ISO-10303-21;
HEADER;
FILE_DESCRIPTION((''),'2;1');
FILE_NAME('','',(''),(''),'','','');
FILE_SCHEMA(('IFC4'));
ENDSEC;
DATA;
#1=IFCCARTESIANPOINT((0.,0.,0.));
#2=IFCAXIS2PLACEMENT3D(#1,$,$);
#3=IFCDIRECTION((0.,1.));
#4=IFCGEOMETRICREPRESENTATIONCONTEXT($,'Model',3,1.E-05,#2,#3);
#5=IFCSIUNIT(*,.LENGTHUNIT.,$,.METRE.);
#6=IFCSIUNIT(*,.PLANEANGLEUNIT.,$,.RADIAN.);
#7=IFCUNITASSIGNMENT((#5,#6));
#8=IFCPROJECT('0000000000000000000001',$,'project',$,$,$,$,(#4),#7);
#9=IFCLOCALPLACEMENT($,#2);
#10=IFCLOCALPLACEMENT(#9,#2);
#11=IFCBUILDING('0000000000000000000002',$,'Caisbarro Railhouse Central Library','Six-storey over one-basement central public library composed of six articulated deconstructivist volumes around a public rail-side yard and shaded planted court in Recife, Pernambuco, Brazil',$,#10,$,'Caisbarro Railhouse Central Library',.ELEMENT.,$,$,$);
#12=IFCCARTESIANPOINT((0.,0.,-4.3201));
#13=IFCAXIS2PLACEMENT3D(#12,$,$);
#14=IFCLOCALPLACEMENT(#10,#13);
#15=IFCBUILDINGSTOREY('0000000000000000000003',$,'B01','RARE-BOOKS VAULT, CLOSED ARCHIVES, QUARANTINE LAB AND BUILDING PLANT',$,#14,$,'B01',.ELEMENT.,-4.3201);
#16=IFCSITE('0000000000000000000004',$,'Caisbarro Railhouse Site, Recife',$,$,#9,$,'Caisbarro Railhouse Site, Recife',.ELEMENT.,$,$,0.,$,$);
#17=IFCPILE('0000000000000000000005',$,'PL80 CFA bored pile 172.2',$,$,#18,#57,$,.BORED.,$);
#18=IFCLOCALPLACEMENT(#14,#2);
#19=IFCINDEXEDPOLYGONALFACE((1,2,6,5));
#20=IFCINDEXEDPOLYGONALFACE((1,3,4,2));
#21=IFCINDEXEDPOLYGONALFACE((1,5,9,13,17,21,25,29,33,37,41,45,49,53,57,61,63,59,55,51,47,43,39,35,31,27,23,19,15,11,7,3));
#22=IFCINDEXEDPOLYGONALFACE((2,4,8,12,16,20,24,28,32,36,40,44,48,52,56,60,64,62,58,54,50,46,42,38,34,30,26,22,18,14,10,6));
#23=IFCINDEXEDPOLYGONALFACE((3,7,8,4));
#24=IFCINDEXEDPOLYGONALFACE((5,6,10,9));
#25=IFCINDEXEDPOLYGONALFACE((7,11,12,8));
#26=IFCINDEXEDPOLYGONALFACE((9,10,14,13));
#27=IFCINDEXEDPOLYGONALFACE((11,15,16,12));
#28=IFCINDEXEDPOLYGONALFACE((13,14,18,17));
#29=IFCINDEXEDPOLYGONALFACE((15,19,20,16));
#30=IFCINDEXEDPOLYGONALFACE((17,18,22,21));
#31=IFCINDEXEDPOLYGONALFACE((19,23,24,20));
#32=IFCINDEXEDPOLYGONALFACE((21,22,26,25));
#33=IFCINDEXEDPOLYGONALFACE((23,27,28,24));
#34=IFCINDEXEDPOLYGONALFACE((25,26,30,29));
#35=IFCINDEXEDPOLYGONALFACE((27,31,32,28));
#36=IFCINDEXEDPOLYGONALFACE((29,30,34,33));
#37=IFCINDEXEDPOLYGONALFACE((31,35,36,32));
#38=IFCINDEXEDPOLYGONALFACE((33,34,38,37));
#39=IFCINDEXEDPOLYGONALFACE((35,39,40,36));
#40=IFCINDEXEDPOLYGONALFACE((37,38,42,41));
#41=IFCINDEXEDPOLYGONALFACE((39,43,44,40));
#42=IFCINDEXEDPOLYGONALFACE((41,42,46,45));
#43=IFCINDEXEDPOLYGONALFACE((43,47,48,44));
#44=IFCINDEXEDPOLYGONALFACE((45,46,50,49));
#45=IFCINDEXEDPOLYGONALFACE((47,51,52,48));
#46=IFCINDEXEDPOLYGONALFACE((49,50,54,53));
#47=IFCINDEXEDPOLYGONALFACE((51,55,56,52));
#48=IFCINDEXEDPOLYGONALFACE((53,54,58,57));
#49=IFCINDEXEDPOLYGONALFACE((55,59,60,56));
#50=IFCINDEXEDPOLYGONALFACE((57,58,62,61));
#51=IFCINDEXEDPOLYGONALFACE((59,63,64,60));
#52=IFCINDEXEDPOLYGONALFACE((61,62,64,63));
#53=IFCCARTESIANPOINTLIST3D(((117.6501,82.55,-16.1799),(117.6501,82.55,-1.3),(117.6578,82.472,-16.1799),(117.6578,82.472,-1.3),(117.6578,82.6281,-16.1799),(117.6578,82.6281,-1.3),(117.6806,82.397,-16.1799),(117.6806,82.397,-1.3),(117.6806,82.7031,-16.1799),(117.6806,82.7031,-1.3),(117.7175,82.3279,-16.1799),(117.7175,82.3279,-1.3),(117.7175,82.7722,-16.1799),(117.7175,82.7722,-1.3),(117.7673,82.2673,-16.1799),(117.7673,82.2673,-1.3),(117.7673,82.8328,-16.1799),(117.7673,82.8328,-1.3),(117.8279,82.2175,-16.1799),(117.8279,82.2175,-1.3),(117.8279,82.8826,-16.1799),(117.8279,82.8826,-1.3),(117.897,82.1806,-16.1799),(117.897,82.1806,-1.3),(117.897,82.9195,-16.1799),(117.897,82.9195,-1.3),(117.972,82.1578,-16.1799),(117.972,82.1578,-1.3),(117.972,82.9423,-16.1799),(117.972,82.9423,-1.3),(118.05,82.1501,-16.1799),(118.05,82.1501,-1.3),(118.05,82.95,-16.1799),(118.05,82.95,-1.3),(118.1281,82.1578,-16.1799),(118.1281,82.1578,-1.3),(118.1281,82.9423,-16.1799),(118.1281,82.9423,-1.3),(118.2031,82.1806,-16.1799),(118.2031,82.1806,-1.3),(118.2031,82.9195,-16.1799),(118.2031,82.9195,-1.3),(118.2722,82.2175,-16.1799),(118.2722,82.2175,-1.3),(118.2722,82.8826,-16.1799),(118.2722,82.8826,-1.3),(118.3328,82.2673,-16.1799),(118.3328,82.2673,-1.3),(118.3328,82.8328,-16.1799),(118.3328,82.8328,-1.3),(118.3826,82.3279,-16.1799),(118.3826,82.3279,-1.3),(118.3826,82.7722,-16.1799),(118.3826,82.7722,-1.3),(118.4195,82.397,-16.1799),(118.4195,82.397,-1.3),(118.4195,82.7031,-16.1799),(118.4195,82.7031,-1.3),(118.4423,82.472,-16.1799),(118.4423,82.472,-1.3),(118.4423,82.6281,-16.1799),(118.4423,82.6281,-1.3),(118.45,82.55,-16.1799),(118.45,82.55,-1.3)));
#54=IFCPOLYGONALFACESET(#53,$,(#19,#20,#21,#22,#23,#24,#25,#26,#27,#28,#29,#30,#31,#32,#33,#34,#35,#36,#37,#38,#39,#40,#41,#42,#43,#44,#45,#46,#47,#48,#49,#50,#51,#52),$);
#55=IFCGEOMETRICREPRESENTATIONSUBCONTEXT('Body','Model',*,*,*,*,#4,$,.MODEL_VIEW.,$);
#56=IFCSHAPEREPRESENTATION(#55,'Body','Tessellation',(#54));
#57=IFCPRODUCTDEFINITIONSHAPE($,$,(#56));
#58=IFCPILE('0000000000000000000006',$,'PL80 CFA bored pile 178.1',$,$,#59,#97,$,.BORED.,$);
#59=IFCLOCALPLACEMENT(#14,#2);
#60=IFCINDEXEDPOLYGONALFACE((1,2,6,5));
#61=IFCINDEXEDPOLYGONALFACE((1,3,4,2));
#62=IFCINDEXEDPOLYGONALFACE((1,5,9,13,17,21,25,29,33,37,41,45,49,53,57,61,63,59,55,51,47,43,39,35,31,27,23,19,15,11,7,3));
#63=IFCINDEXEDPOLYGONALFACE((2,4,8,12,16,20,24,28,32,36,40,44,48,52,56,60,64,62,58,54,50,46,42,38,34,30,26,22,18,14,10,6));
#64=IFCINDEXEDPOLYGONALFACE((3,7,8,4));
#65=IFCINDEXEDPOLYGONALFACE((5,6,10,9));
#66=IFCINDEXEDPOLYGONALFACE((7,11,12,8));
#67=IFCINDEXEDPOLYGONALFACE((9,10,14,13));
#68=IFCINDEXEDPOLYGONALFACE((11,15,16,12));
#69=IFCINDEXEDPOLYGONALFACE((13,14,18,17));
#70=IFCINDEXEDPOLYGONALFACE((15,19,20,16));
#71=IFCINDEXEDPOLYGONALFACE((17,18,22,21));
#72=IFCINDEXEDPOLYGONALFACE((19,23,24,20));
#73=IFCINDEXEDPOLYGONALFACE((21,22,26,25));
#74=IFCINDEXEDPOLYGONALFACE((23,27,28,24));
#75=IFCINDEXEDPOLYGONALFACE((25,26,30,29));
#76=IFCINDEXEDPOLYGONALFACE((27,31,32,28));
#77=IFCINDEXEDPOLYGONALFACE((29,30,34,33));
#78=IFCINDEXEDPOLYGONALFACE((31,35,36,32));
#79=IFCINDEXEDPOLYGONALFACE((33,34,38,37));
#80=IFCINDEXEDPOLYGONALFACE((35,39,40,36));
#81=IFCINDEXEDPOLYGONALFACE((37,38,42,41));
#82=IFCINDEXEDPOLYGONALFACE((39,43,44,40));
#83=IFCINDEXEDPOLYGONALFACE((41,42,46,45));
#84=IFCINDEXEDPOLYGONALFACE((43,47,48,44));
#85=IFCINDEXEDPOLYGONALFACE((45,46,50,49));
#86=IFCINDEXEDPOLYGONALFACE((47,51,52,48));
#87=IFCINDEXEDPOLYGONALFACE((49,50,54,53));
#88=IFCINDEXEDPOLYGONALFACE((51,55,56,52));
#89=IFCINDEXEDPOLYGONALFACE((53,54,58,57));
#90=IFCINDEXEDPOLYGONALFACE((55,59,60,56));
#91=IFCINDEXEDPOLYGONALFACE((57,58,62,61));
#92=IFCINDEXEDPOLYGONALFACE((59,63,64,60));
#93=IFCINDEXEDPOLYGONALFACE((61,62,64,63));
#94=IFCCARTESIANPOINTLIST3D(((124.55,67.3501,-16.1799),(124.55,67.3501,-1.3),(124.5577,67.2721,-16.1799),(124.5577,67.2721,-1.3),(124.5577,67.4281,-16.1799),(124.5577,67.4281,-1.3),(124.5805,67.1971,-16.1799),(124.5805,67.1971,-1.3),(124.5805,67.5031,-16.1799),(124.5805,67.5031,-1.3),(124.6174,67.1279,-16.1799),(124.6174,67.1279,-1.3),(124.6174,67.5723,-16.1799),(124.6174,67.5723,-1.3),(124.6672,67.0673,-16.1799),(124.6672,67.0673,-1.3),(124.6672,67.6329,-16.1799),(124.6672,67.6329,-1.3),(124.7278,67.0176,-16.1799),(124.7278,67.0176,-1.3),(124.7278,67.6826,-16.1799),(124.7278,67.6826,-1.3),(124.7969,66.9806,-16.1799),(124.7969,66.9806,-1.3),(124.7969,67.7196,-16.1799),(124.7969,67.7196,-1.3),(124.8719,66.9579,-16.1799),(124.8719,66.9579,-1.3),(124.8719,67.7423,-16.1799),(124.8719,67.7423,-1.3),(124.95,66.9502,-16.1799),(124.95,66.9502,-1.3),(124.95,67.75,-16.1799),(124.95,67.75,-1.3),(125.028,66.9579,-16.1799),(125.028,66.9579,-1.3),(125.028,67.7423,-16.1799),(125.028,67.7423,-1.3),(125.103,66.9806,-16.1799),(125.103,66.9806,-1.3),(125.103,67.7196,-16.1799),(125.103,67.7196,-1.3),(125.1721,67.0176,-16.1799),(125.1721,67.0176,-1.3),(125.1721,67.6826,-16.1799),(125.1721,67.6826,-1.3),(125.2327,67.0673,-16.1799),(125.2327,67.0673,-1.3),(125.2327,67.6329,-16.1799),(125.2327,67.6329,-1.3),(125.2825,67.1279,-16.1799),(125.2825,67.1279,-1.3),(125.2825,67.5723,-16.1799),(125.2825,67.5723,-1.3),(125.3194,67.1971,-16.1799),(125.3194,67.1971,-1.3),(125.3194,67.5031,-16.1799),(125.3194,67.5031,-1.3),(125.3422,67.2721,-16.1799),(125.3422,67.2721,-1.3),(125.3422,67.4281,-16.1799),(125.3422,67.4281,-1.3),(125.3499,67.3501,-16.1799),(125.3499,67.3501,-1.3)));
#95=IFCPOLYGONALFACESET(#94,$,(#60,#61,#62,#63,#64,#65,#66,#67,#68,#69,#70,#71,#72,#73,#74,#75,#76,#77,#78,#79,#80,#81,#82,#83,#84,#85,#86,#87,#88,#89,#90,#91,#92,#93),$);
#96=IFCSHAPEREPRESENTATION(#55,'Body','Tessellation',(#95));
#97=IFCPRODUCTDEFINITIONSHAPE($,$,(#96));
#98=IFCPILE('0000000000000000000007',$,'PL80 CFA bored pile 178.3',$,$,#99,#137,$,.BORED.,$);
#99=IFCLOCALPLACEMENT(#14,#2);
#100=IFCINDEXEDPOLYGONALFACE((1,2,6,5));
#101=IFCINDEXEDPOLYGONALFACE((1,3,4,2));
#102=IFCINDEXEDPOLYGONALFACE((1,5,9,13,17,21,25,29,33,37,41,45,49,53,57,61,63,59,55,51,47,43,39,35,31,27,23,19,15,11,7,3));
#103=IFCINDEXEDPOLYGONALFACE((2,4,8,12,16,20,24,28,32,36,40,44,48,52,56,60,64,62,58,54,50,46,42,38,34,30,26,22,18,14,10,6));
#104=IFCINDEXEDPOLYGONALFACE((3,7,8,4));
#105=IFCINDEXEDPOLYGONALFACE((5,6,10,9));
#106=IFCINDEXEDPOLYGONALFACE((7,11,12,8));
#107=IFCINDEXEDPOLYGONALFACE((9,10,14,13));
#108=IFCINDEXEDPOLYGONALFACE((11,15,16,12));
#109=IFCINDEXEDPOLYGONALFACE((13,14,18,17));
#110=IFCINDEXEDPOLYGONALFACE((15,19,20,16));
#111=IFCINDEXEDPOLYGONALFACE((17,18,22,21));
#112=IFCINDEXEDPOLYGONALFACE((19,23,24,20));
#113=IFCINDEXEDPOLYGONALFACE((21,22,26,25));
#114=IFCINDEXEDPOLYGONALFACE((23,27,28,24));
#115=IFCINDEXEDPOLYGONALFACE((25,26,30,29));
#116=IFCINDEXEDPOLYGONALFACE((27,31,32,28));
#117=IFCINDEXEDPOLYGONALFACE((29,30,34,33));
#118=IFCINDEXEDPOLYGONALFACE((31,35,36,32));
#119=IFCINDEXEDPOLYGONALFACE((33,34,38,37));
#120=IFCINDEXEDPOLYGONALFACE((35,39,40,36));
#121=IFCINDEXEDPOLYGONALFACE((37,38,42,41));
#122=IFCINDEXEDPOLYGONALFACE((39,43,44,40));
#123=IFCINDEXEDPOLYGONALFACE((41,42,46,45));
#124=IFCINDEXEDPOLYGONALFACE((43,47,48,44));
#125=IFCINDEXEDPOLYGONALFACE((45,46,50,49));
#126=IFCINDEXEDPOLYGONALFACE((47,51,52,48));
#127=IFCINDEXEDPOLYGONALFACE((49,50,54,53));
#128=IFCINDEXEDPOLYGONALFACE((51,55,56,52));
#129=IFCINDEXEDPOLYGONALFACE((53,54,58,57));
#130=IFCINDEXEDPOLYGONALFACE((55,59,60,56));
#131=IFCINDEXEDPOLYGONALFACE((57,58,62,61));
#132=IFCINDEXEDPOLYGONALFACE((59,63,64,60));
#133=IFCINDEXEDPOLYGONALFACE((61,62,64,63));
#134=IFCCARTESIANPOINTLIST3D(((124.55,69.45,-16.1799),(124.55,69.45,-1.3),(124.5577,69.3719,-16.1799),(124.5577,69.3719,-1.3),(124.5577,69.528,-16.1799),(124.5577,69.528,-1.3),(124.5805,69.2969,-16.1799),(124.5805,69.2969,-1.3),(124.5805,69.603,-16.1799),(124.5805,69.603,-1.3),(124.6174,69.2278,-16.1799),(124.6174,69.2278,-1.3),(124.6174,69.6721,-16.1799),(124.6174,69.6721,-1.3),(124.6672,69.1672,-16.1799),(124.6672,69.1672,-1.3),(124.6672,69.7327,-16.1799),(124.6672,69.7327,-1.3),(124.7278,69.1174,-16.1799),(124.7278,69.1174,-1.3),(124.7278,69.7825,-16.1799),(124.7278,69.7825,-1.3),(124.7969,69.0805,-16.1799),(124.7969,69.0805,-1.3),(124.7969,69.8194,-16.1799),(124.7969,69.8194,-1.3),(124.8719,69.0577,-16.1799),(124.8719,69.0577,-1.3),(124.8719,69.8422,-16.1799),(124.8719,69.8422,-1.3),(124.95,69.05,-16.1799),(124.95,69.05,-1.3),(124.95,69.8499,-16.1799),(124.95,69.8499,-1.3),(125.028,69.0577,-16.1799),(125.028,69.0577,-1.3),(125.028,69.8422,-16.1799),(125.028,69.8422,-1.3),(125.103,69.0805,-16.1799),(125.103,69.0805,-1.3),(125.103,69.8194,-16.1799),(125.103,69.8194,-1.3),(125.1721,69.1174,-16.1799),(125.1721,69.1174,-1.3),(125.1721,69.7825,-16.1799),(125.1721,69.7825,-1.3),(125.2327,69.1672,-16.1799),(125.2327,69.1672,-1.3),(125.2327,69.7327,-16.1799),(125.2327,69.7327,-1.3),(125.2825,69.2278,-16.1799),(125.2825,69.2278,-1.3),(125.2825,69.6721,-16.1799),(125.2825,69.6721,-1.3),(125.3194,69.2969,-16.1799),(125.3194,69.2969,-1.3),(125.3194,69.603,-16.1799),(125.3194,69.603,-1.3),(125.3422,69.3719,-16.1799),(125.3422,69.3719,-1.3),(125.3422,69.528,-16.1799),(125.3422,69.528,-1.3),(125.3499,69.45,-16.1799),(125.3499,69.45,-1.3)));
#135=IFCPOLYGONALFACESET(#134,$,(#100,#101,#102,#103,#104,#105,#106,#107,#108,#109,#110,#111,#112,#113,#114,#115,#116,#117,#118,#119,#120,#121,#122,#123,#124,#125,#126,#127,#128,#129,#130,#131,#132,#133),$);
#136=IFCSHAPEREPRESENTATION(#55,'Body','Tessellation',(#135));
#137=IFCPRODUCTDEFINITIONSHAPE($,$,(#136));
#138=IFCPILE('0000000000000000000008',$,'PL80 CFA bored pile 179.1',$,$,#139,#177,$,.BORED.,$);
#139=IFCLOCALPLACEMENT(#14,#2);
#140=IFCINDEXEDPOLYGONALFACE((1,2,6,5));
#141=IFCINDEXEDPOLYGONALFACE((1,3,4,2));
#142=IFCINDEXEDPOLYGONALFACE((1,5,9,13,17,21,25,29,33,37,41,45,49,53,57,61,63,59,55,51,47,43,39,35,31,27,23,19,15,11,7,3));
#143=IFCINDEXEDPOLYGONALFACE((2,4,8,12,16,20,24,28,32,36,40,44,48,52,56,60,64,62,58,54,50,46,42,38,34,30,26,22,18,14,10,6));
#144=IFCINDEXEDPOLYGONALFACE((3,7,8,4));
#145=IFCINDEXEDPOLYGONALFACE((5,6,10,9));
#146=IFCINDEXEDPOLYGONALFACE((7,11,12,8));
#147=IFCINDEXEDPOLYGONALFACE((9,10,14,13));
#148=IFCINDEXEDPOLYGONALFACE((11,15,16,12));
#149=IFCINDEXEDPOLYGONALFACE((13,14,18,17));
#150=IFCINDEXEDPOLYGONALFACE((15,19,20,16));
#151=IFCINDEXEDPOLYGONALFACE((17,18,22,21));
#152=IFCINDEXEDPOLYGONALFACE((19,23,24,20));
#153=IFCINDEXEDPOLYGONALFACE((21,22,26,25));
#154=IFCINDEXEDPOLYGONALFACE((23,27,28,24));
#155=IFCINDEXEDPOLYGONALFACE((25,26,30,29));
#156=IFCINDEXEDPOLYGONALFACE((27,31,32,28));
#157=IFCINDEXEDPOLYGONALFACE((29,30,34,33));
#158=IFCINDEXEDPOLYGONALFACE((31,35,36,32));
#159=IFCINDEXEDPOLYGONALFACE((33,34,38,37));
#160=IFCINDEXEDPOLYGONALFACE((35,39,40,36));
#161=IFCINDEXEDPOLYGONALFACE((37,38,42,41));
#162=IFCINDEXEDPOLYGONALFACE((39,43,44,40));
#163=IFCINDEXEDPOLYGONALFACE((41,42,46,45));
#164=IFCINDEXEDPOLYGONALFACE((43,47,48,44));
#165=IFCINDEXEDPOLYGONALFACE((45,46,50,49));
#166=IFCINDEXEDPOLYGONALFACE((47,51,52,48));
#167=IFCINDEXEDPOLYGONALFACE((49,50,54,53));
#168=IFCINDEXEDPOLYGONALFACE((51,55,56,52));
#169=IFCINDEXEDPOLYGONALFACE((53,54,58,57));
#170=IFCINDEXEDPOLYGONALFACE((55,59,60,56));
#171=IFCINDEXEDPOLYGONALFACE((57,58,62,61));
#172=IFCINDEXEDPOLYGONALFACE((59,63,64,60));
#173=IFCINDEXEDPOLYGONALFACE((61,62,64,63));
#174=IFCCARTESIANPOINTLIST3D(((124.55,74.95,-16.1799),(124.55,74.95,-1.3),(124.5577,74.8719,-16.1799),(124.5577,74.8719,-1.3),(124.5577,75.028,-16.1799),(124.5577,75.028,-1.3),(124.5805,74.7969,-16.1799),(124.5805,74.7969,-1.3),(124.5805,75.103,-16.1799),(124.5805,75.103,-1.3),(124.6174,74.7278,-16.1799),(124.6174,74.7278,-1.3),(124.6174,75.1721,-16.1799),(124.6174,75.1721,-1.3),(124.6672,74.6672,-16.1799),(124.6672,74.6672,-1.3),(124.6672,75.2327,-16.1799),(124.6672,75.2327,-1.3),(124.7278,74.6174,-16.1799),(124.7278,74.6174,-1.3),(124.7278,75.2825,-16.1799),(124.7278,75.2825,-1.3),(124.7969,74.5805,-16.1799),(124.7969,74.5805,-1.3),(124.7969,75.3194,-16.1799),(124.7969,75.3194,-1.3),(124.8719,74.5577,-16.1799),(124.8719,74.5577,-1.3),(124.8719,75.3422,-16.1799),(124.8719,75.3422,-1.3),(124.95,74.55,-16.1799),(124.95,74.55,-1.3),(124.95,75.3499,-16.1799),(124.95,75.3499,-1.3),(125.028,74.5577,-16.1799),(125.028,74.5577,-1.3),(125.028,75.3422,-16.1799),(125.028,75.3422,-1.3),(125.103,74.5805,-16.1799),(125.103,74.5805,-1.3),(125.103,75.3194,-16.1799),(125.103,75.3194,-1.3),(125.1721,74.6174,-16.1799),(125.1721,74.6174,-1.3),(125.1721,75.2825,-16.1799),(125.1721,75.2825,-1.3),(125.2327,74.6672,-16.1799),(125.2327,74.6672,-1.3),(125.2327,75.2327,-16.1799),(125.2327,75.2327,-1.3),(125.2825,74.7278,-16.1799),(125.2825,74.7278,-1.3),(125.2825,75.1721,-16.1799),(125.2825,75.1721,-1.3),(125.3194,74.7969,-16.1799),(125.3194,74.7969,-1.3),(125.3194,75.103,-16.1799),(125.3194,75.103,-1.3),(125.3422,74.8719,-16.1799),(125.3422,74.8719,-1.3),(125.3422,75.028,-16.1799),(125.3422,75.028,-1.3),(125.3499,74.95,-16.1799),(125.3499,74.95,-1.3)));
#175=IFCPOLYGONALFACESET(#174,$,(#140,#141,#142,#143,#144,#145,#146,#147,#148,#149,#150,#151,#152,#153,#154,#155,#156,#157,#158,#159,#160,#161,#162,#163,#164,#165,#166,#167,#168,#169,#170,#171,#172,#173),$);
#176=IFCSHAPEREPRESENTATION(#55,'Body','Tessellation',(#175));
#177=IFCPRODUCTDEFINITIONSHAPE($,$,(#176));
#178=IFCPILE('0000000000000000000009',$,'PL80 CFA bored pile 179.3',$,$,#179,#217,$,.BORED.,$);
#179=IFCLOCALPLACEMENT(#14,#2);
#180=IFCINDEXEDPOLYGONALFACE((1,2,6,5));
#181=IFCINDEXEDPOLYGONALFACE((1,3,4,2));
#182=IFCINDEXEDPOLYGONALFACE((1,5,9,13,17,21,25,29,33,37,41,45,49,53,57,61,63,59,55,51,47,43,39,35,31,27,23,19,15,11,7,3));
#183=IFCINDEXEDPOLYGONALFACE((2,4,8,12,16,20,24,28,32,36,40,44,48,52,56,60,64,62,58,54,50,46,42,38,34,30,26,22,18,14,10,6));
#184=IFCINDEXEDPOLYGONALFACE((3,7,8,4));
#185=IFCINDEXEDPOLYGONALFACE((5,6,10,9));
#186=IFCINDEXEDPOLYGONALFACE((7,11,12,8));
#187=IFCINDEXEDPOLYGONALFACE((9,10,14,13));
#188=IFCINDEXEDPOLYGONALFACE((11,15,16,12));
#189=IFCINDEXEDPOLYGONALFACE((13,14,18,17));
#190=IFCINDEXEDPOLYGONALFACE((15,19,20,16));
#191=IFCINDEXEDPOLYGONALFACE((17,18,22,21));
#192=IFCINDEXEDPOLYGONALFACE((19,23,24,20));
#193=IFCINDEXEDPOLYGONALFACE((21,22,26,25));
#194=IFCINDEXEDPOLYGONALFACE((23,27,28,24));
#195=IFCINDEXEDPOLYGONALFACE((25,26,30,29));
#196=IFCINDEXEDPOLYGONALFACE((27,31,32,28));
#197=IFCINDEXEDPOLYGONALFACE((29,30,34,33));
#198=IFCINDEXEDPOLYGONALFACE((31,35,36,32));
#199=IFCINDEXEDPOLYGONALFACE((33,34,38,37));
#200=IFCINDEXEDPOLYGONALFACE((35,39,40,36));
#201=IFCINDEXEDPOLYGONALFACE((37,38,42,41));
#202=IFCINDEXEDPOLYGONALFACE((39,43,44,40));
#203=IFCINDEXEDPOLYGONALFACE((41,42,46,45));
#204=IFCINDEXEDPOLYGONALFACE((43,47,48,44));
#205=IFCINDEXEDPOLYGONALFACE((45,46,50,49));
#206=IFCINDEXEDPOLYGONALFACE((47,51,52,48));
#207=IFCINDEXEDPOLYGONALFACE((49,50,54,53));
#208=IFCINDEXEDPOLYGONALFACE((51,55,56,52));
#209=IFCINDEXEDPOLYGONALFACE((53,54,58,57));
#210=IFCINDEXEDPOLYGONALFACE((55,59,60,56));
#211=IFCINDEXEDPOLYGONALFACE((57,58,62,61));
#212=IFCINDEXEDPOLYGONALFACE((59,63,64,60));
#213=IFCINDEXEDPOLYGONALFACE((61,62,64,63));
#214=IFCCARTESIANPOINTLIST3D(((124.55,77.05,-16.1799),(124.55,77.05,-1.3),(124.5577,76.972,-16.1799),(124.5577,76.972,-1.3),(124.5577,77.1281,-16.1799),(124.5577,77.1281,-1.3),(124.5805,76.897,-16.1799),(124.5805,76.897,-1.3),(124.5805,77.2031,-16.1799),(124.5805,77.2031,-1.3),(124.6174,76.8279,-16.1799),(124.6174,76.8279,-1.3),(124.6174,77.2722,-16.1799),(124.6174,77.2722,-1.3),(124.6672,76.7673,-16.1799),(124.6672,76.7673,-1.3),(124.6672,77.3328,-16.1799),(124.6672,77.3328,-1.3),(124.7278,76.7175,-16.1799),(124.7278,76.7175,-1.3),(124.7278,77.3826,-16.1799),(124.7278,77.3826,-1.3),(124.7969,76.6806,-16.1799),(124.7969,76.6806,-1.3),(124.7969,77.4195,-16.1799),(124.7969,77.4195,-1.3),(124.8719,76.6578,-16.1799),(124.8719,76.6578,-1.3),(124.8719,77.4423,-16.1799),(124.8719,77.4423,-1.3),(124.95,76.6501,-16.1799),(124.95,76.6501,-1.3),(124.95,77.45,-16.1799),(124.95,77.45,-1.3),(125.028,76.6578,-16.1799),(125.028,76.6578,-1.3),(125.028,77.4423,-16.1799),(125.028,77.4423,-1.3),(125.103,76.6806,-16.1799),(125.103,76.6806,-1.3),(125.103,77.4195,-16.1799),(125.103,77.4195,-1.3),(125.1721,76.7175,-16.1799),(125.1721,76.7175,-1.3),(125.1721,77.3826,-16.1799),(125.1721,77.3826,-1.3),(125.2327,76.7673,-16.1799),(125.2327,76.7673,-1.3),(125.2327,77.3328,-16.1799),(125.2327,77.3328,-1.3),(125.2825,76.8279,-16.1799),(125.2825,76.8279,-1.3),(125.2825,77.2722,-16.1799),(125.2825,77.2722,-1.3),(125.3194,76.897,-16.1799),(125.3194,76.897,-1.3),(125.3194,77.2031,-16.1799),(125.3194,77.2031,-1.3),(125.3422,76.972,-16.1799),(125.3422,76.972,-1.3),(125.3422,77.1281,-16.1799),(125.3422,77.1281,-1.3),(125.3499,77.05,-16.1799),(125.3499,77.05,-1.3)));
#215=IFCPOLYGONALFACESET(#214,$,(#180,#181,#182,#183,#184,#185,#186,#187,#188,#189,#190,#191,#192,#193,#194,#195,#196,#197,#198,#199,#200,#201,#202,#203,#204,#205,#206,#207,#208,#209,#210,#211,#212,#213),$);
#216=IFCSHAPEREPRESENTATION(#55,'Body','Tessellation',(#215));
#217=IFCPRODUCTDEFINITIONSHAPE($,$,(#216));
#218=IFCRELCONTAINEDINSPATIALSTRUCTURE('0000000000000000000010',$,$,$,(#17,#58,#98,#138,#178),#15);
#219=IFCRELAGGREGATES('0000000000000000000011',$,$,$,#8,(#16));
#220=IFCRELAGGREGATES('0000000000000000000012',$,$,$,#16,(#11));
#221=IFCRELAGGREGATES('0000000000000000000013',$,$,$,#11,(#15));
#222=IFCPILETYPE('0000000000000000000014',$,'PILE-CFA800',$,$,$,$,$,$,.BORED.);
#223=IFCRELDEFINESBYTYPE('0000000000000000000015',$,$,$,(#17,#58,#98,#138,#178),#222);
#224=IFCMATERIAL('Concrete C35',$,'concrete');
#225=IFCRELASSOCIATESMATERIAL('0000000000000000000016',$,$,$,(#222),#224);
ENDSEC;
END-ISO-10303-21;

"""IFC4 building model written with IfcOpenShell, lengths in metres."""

from ifc_helpers import new_model, si_unit, direction, frame, origin, origin_2d, place, context, subcontext, project, spatial, circle, extrude, material, material_profile, profile_set, type_object, element, save


model = new_model("IFC4")

# Units and contexts
model_context = context("Model", 3, precision=1e-05, world=origin(), true_north=direction((0.0, 1.0)))
body_context = subcontext(model_context, "Body", "Model", "MODEL_VIEW")
ifc_project = project(units=[si_unit("LENGTHUNIT", "METRE"), si_unit("PLANEANGLEUNIT", "RADIAN")], contexts=[model_context])

# Site, building, storey
site_placement = place(None, origin())
site = spatial("IfcSite", under=ifc_project, at=site_placement, Name="Caisbarro Railhouse Site, Recife", LongName="Caisbarro Railhouse Site, Recife", CompositionType="ELEMENT", RefElevation=0.0)
building_placement = place(site_placement, origin())
building = spatial("IfcBuilding", under=site, at=building_placement, Name="Caisbarro Railhouse Central Library", Description="Six-storey over one-basement central public library composed of six articulated deconstructivist volumes around a public rail-side yard and shaded planted court in Recife, Pernambuco, Brazil", LongName="Caisbarro Railhouse Central Library", CompositionType="ELEMENT")
storey_placement = place(building_placement, frame((0.0, 0.0, -4.3201)))
storey = spatial("IfcBuildingStorey", under=building, at=storey_placement, Name="B01", Description="RARE-BOOKS VAULT, CLOSED ARCHIVES, QUARANTINE LAB AND BUILDING PLANT", LongName="B01", CompositionType="ELEMENT", Elevation=-4.3201)

# Piles
ifc_material_1 = material(Name="Concrete C35", Category="concrete")
ifc_material_profile_1 = material_profile(ifc_material_1, circle(Radius=0.3999, at=origin_2d()), Name="PILE-CFA-800")
ifc_profile_set_1 = profile_set([ifc_material_profile_1], Name="Concrete C35")
pile_type_1 = type_object("IfcPileType", Name="PILE-CFA800", PredefinedType="BORED", material=ifc_profile_set_1)
for number, where, z_axis, x_axis, name in (
    (1, (118.05, 82.55, -1.3), (0.0, 0.0, -1.0), (1.0, 0.0, 0.0), "PL80 CFA bored pile 172.2"),
    (2, (124.95, 67.3501, -1.3), (0.0, 0.0, -1.0), (1.0, 0.0, 0.0), "PL80 CFA bored pile 178.1"),
    (3, (124.95, 69.45, -1.3), (0.0, 0.0, -1.0), (1.0, 0.0, 0.0), "PL80 CFA bored pile 178.3"),
    (4, (124.95, 74.95, -1.3), (0.0, 0.0, -1.0), (1.0, 0.0, 0.0), "PL80 CFA bored pile 179.1"),
    (5, (124.95, 77.05, -1.3), (0.0, 0.0, -1.0), (1.0, 0.0, 0.0), "PL80 CFA bored pile 179.3"),
):
    element("IfcPile", number, at=place(storey_placement, frame(where, z_axis=z_axis, x_axis=x_axis)), inside=storey, type_object=pile_type_1, Name=name, PredefinedType="BORED", context=body_context, shape_type="SweptSolid", body=[
        extrude(circle(Radius=0.3999, at=origin_2d()), origin(), (0.0, 0.0, 1.0), 14.8799),
    ])

save(model, "model.ifc")
